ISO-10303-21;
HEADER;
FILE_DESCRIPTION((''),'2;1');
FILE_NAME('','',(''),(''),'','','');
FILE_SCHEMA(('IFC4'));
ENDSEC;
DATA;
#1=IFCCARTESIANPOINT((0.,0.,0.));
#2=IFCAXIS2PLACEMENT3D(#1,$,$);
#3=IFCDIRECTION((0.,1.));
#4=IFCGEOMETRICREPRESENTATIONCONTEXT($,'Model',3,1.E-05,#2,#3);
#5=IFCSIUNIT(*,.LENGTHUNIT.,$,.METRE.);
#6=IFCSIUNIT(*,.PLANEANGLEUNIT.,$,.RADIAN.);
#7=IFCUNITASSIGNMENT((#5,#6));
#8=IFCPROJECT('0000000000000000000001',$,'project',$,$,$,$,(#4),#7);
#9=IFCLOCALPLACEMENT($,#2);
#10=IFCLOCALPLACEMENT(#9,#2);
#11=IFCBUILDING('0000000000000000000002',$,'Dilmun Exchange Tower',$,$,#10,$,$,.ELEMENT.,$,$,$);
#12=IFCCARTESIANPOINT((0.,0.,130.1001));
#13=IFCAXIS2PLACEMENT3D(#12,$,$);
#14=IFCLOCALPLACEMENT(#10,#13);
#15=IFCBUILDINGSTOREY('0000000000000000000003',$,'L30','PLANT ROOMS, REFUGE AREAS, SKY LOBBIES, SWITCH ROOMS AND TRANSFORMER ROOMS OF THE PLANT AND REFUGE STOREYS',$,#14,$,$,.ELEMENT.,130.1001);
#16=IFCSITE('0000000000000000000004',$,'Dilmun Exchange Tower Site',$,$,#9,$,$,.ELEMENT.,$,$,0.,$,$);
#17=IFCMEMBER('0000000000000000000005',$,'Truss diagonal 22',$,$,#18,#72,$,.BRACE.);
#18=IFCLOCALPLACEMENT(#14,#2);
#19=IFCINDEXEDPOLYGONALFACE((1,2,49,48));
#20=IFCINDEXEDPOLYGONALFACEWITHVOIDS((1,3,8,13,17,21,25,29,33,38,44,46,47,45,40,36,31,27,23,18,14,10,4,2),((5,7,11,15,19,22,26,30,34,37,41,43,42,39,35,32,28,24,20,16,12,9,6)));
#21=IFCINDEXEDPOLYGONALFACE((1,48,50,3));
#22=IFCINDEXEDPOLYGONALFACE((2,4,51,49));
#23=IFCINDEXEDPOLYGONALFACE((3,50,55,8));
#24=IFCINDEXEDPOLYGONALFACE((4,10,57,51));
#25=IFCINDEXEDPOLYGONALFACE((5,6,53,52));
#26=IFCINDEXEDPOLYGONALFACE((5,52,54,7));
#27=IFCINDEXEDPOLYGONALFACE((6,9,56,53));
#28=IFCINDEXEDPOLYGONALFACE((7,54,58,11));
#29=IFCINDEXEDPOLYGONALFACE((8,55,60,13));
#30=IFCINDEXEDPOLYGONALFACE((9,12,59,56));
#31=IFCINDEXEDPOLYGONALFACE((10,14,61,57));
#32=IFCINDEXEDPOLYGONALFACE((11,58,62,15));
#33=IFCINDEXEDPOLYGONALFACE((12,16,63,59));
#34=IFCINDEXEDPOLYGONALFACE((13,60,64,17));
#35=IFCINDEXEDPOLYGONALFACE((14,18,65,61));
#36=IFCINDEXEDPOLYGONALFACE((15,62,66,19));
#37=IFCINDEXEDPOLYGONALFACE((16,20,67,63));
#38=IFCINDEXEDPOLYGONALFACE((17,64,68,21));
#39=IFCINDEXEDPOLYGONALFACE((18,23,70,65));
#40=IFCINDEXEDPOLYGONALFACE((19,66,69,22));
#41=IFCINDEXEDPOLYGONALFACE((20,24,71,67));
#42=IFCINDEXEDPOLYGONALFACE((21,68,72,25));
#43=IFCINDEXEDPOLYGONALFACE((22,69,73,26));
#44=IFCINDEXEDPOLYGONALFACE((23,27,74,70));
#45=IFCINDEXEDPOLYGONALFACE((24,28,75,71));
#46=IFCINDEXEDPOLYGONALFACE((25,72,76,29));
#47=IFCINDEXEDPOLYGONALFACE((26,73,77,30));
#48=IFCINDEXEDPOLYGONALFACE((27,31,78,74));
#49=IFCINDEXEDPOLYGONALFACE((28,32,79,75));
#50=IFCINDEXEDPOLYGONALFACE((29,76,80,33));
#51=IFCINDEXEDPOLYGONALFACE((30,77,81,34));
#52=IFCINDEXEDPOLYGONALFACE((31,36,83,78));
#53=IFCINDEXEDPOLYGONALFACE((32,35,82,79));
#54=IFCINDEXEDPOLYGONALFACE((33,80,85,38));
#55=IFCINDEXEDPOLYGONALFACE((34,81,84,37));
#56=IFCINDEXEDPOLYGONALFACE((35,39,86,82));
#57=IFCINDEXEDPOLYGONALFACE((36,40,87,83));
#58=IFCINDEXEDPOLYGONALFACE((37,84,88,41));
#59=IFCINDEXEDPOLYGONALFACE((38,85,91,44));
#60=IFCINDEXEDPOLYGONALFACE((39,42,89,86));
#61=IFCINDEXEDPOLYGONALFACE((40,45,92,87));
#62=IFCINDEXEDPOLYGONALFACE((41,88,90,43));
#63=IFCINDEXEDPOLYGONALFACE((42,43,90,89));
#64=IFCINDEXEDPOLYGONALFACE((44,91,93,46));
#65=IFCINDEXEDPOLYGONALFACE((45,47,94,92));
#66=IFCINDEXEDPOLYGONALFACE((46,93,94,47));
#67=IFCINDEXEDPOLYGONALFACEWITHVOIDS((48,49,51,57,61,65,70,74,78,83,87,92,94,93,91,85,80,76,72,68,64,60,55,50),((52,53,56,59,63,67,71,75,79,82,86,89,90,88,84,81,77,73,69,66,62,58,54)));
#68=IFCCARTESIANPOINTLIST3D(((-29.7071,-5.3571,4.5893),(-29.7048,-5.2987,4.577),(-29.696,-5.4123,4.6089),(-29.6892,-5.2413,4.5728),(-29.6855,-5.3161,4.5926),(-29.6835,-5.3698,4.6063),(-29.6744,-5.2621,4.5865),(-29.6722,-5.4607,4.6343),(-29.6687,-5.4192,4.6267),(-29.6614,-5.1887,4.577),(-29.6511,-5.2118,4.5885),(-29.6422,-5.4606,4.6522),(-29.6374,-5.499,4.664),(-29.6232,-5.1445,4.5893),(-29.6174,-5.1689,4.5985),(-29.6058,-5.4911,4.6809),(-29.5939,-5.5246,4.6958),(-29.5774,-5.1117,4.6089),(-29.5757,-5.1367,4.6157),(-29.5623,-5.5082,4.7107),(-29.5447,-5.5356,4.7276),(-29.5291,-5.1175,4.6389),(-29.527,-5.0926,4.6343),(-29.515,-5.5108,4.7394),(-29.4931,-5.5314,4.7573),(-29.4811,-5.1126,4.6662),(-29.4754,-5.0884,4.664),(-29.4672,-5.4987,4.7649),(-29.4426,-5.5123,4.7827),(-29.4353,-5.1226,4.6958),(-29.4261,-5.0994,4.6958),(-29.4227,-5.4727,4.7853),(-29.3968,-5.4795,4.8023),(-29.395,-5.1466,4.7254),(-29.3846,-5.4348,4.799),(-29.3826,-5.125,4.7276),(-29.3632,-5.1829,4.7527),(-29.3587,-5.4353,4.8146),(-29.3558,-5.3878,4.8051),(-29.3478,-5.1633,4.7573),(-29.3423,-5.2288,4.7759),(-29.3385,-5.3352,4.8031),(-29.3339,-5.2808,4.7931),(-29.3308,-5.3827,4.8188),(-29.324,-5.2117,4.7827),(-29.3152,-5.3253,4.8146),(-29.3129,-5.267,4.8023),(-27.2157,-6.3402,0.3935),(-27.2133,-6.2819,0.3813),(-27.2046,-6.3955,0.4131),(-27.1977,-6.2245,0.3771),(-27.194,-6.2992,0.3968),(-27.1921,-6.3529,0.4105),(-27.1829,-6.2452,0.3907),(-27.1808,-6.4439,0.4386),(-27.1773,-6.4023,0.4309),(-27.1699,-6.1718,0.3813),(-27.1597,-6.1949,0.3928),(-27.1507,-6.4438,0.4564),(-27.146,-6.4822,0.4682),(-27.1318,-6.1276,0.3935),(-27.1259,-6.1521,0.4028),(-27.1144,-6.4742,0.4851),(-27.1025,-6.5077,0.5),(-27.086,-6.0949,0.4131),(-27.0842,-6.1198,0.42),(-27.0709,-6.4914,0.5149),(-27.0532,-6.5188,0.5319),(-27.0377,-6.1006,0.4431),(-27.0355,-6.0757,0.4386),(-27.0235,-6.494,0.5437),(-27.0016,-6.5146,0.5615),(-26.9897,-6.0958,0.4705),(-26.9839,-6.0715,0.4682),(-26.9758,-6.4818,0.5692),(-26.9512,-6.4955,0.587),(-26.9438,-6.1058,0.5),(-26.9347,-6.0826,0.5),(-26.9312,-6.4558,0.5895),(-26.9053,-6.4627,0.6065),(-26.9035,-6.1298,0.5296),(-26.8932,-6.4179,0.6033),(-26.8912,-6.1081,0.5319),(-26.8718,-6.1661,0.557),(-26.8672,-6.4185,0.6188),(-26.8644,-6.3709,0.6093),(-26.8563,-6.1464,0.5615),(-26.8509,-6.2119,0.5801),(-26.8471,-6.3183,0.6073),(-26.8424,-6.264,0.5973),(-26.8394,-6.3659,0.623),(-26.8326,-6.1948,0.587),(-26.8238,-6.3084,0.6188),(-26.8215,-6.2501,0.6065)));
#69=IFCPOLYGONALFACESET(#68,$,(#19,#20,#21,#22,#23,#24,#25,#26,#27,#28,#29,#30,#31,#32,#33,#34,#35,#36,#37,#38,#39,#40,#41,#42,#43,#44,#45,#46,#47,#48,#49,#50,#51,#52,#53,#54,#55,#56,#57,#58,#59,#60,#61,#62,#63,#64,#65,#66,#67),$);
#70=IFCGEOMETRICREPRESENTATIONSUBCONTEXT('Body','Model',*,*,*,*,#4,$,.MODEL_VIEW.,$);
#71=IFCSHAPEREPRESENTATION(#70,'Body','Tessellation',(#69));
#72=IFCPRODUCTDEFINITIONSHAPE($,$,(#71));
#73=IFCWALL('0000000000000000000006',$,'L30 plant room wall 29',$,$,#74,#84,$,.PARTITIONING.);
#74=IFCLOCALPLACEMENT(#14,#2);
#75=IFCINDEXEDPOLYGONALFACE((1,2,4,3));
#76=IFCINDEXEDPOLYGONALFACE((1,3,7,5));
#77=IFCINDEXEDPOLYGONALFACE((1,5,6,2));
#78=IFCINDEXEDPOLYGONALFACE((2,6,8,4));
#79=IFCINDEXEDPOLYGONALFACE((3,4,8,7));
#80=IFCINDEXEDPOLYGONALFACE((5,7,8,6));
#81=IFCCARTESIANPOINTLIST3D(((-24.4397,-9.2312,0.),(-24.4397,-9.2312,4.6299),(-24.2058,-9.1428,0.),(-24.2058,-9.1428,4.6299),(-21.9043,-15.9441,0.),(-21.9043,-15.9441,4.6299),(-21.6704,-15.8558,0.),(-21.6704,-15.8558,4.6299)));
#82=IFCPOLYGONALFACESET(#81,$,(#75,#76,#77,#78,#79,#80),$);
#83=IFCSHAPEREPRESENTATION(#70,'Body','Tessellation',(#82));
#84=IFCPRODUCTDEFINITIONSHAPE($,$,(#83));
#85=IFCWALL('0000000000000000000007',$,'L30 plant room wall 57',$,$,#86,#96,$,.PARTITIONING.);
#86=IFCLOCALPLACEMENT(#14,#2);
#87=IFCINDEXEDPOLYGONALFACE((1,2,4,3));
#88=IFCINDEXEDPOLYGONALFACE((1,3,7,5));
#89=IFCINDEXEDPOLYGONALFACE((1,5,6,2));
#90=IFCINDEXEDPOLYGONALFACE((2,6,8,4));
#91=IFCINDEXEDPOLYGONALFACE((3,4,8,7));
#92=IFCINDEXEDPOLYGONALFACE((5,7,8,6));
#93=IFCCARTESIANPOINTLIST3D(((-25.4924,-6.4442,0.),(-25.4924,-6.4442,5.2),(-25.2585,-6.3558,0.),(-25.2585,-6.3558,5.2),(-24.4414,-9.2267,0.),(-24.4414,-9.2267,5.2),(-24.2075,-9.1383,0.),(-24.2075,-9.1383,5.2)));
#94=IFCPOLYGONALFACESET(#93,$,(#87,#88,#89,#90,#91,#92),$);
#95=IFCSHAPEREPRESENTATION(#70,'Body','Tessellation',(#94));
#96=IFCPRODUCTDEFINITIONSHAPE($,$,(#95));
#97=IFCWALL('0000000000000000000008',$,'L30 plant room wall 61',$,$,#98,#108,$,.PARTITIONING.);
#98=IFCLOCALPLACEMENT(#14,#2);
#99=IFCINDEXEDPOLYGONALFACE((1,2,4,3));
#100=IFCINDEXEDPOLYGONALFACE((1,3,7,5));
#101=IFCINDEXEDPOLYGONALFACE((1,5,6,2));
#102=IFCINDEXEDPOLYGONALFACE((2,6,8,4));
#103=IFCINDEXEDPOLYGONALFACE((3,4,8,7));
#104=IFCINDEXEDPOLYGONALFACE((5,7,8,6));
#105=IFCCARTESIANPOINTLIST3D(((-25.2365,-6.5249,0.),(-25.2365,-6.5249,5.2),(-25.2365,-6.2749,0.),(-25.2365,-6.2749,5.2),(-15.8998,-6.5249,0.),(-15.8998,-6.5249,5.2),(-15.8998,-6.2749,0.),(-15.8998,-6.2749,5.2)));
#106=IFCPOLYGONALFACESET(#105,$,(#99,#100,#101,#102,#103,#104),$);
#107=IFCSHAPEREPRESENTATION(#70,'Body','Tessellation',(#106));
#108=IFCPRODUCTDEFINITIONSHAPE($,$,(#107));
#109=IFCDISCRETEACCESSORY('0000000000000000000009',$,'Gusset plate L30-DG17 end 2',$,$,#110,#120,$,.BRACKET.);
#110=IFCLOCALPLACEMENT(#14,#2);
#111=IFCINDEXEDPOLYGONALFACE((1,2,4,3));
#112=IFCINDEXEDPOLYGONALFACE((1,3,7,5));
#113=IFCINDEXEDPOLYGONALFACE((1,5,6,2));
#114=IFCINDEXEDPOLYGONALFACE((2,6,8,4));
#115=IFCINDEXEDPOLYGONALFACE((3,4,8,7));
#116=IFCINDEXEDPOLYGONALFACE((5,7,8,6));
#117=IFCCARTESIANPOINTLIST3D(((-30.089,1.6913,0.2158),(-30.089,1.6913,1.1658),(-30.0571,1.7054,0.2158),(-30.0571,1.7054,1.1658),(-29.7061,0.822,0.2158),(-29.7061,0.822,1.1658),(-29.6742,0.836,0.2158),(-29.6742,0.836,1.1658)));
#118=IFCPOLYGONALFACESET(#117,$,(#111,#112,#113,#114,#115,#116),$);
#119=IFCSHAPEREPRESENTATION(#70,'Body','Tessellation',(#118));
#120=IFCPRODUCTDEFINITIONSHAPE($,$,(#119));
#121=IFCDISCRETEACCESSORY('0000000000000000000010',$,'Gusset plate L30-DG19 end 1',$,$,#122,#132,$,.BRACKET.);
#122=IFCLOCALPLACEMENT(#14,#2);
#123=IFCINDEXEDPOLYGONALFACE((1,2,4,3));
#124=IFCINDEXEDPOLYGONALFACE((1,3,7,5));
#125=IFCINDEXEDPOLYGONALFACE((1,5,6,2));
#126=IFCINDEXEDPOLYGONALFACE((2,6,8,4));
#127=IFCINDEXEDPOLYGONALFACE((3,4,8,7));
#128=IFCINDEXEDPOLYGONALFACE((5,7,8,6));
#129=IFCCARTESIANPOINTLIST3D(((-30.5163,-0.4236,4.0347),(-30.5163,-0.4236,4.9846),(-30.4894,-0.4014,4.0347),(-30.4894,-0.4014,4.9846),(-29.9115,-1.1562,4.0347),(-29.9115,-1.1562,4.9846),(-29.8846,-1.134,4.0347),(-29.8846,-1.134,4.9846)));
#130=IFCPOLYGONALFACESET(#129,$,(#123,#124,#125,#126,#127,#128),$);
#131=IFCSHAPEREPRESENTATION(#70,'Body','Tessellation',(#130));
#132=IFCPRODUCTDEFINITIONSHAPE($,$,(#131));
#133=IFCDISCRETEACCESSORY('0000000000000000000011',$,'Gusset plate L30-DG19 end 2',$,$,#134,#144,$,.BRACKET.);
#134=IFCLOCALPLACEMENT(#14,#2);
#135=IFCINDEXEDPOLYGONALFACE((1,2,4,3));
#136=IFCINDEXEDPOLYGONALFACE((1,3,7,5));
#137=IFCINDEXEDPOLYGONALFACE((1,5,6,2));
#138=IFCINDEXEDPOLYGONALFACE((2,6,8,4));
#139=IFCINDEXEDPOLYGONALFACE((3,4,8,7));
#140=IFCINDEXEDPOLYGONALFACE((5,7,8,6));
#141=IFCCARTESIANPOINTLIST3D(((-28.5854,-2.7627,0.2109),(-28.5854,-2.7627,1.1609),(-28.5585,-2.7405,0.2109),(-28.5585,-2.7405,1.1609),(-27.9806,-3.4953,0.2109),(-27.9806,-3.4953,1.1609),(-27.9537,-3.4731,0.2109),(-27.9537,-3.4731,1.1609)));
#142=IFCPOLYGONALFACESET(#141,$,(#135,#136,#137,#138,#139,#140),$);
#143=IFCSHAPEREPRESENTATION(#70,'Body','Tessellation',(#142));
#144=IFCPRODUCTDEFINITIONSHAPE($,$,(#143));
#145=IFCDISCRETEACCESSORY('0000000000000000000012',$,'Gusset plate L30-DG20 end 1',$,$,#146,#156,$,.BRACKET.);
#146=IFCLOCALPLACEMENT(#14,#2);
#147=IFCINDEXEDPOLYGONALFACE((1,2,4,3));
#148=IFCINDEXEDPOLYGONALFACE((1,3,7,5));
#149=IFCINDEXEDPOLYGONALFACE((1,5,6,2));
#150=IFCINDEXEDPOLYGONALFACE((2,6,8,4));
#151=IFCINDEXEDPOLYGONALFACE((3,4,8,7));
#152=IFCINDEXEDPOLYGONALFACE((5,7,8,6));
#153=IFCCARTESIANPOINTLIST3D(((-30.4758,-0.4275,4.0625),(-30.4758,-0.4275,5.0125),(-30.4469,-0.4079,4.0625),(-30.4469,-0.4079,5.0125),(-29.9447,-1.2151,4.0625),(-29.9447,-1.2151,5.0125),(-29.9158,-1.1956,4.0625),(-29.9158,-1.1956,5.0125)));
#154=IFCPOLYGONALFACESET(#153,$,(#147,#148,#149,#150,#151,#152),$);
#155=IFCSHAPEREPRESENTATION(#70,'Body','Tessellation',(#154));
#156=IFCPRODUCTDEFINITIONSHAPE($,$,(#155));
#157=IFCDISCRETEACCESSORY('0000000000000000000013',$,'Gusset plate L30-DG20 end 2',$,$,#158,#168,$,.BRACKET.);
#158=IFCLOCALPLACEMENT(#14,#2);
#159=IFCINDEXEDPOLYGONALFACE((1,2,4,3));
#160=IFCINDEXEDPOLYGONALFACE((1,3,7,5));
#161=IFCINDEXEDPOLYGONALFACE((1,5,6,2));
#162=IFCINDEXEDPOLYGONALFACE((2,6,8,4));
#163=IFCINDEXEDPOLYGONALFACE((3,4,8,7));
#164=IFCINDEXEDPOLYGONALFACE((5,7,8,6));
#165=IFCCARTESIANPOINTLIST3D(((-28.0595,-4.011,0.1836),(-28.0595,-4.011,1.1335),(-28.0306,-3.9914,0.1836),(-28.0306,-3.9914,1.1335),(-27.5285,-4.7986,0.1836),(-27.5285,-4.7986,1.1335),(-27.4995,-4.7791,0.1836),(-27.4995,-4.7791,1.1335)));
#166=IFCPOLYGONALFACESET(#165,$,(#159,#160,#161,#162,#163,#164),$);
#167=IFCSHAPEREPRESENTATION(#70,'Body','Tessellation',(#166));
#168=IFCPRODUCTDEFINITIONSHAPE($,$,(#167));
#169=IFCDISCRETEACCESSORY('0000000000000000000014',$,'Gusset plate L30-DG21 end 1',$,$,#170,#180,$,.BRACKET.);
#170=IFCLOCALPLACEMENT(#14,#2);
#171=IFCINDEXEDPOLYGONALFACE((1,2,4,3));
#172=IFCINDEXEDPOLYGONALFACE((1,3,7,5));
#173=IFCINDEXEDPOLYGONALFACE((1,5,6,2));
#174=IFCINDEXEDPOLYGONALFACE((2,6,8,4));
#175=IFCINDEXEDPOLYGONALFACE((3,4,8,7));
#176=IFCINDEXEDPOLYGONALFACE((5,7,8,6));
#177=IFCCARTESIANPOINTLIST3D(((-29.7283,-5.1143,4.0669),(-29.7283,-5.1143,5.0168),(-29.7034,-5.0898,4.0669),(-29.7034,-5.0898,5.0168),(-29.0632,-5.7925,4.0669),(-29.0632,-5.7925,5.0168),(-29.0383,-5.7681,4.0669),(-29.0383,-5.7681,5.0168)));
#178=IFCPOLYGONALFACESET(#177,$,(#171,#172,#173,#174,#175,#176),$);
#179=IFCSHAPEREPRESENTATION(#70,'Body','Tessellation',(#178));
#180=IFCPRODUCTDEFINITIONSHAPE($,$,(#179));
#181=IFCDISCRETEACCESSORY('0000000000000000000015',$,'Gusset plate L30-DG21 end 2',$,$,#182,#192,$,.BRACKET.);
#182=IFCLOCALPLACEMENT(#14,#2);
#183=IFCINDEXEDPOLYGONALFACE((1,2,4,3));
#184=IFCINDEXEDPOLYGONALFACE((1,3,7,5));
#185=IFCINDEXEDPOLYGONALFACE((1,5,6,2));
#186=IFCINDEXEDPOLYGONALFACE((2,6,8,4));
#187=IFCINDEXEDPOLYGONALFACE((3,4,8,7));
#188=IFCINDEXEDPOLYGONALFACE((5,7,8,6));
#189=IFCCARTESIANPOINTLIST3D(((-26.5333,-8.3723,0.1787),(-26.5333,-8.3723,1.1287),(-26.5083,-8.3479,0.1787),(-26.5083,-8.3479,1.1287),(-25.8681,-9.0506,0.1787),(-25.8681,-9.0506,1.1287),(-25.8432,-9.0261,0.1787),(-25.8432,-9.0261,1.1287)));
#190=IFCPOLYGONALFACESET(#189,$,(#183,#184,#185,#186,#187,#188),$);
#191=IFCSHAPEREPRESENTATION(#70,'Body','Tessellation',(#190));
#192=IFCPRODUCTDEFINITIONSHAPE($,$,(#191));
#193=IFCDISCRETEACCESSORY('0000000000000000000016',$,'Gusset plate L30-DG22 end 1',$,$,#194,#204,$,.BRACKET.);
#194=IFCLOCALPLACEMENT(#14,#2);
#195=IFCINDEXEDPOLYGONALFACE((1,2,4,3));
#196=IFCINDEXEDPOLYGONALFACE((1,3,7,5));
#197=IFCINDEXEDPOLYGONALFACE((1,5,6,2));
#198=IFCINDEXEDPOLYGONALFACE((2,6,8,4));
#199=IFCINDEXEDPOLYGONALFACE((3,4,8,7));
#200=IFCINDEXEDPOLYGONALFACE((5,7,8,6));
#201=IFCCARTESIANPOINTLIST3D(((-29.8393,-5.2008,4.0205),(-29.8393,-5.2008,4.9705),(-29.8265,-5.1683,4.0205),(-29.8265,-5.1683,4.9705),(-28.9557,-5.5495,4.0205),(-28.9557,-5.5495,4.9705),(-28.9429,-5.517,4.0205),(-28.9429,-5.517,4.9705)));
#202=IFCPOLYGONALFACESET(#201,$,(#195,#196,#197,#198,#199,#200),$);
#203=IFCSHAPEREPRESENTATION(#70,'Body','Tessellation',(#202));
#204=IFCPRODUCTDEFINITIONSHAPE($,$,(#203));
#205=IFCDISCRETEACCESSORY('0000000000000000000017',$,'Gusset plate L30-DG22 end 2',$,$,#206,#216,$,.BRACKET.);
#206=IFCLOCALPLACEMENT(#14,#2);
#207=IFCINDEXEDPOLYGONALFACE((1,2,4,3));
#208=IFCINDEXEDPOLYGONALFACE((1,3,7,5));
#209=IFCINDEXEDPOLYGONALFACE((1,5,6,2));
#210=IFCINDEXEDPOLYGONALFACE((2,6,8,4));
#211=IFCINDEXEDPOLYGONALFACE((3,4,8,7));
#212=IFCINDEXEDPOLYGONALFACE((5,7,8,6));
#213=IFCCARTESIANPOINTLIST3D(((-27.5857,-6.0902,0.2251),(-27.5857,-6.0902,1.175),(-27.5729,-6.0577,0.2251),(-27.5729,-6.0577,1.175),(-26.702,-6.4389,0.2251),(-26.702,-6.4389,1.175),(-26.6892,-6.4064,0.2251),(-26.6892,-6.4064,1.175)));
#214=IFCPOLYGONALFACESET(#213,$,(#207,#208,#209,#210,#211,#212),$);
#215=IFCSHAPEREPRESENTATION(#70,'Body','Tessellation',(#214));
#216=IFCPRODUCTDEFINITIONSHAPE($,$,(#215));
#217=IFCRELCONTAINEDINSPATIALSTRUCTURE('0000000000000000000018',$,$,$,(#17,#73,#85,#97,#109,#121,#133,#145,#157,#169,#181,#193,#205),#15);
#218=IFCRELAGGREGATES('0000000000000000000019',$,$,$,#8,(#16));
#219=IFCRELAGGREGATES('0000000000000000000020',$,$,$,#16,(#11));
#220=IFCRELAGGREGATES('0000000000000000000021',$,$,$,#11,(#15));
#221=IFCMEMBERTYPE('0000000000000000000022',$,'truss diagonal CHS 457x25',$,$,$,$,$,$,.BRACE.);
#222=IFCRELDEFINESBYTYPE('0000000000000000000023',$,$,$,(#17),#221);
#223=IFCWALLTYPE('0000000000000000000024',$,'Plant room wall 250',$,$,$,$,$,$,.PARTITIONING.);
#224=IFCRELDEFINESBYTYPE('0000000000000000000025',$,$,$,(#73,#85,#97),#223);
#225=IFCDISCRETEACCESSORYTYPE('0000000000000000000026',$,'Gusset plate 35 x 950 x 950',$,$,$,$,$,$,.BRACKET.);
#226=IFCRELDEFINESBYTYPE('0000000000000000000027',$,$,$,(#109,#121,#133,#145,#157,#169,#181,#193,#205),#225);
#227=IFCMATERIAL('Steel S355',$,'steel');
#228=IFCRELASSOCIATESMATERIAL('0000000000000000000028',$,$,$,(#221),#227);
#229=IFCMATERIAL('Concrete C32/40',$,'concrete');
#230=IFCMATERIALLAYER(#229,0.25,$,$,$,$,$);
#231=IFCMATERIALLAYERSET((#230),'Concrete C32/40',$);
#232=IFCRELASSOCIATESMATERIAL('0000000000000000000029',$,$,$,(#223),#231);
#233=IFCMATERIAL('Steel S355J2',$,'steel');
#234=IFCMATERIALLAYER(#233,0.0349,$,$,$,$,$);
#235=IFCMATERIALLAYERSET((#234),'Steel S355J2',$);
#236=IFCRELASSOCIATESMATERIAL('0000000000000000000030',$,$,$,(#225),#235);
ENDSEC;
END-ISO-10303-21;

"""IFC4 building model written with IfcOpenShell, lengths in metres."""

from ifc_helpers import new_model, si_unit, direction, frame, frame_2d, origin, origin_2d, place, context, subcontext, project, spatial, rectangle, hollow_circle, extrude, material, layer, layer_set, material_profile, profile_set, type_object, element, save


model = new_model("IFC4")

# Units and contexts
model_context = context("Model", 3, precision=1e-05, world=origin(), true_north=direction((0.0, 1.0)))
body_context = subcontext(model_context, "Body", "Model", "MODEL_VIEW")
ifc_project = project(units=[si_unit("LENGTHUNIT", "METRE"), si_unit("PLANEANGLEUNIT", "RADIAN")], contexts=[model_context])

# Site, building, storey
site_placement = place(None, origin())
site = spatial("IfcSite", under=ifc_project, at=site_placement, Name="Dilmun Exchange Tower Site", CompositionType="ELEMENT", RefElevation=0.0)
building_placement = place(site_placement, origin())
building = spatial("IfcBuilding", under=site, at=building_placement, Name="Dilmun Exchange Tower", CompositionType="ELEMENT")
storey_placement = place(building_placement, frame((0.0, 0.0, 130.1001)))
storey = spatial("IfcBuildingStorey", under=building, at=storey_placement, Name="L30", Description="PLANT ROOMS, REFUGE AREAS, SKY LOBBIES, SWITCH ROOMS AND TRANSFORMER ROOMS OF THE PLANT AND REFUGE STOREYS", CompositionType="ELEMENT", Elevation=130.1001)

# Shared definitions
ifc_material_1 = material(Name="Steel S355", Category="steel")

# Member
ifc_material_profile_1 = material_profile(ifc_material_1, hollow_circle(Radius=0.2285, WallThickness=0.0249, at=origin_2d()), Name="CHS 457x25")
ifc_profile_set_1 = profile_set([ifc_material_profile_1], Name="Steel S355")
member_type = type_object("IfcMemberType", Name="truss diagonal CHS 457x25", PredefinedType="BRACE", material=ifc_profile_set_1)
member_1_placement = place(storey_placement, frame((-29.51, -5.312, 4.6958), z_axis=(0.500511, -0.197507, -0.842899), x_axis=(0.367065, 0.930195, 0.0)))
element("IfcMember", 1, at=member_1_placement, inside=storey, type_object=member_type, Name="Truss diagonal 22", PredefinedType="BRACE", context=body_context, shape_type="SweptSolid", body=[
    extrude(hollow_circle(Radius=0.2285, WallThickness=0.0249, at=origin_2d()), origin(), (0.0, 0.0, 1.0), 4.9778),
])

# Walls
ifc_material_2 = material(Name="Concrete C32/40", Category="concrete")
ifc_layer_1 = layer(ifc_material_2, 0.25)
ifc_layer_set_1 = layer_set([ifc_layer_1], Name="Concrete C32/40")
wall_type = type_object("IfcWallType", Name="Plant room wall 250", PredefinedType="PARTITIONING", material=ifc_layer_set_1)
wall_1_placement = place(storey_placement, frame((-24.3228, -9.187, 0.0), z_axis=(0.0, 0.0, 1.0), x_axis=(0.35333, -0.935499, 0.0)))
element("IfcWall", 2, at=wall_1_placement, inside=storey, type_object=wall_type, Name="L30 plant room wall 29", PredefinedType="PARTITIONING", context=body_context, shape_type="SweptSolid", body=[
    extrude(rectangle(XDim=7.1758, YDim=0.25, at=frame_2d((3.5879, 0.0))), origin(), (0.0, 0.0, 1.0), 4.6299),
])
wall_2_placement = place(storey_placement, frame((-25.3755, -6.3999, 0.0), z_axis=(0.0, 0.0, 1.0), x_axis=(0.353362, -0.935487, 0.0)))
element("IfcWall", 3, at=wall_2_placement, inside=storey, type_object=wall_type, Name="L30 plant room wall 57", PredefinedType="PARTITIONING", context=body_context, shape_type="SweptSolid", body=[
    extrude(rectangle(XDim=2.9744, YDim=0.25, at=frame_2d((1.4873, 0.0))), origin(), (0.0, 0.0, 1.0), 5.2),
])
wall_3_placement = place(storey_placement, frame((-25.2366, -6.3999, 0.0), z_axis=(0.0, 0.0, 1.0), x_axis=(1.0, 0.0, 0.0)))
element("IfcWall", 4, at=wall_3_placement, inside=storey, type_object=wall_type, Name="L30 plant room wall 61", PredefinedType="PARTITIONING", context=body_context, shape_type="SweptSolid", body=[
    extrude(rectangle(XDim=9.3367, YDim=0.25, at=frame_2d((4.6685, 0.0))), origin(), (0.0, 0.0, 1.0), 5.2),
])

# Discrete accessories
ifc_material_3 = material(Name="Steel S355J2", Category="steel")
ifc_layer_2 = layer(ifc_material_3, 0.0349)
ifc_layer_set_2 = layer_set([ifc_layer_2], Name="Steel S355J2")
discrete_accessory_type = type_object("IfcDiscreteAccessoryType", Name="Gusset plate 35 x 950 x 950", PredefinedType="BRACKET", material=ifc_layer_set_2)
for number, where, z_axis, x_axis, name in (
    (5, (-29.8816, 1.2637, 0.2158), (0.0, 0.0, 1.0), (0.403106, -0.915153, 0.0), "Gusset plate L30-DG17 end 2"),
    (6, (-30.2004, -0.7788, 4.0347), (0.0, 0.0, 1.0), (0.636632, -0.771168, 0.0), "Gusset plate L30-DG19 end 1"),
    (7, (-28.2695, -3.1179, 0.2109), (0.0, 0.0, 1.0), (0.636632, -0.771168, 0.0), "Gusset plate L30-DG19 end 2"),
    (8, (-30.1958, -0.8115, 4.0625), (0.0, 0.0, 1.0), (0.559041, -0.82914, 0.0), "Gusset plate L30-DG20 end 1"),
    (9, (-27.7795, -4.395, 0.1836), (0.0, 0.0, 1.0), (0.559041, -0.82914, 0.0), "Gusset plate L30-DG20 end 2"),
    (10, (-29.3833, -5.4412, 4.0669), (0.0, 0.0, 1.0), (0.700169, -0.713977, 0.0), "Gusset plate L30-DG21 end 1"),
    (11, (-26.1882, -8.6992, 0.1787), (0.0, 0.0, 1.0), (0.700169, -0.713977, 0.0), "Gusset plate L30-DG21 end 2"),
    (12, (-29.3911, -5.3589, 4.0205), (0.0, 0.0, 1.0), (0.930204, -0.367042, 0.0), "Gusset plate L30-DG22 end 1"),
    (13, (-27.1375, -6.2483, 0.2251), (0.0, 0.0, 1.0), (0.930204, -0.367042, 0.0), "Gusset plate L30-DG22 end 2"),
):
    element("IfcDiscreteAccessory", number, at=place(storey_placement, frame(where, z_axis=z_axis, x_axis=x_axis)), inside=storey, type_object=discrete_accessory_type, Name=name, PredefinedType="BRACKET", context=body_context, shape_type="SweptSolid", body=[
        extrude(rectangle(XDim=0.95, YDim=0.0349, at=origin_2d()), origin(), (0.0, 0.0, 1.0), 0.95),
    ])

save(model, "model.ifc")
